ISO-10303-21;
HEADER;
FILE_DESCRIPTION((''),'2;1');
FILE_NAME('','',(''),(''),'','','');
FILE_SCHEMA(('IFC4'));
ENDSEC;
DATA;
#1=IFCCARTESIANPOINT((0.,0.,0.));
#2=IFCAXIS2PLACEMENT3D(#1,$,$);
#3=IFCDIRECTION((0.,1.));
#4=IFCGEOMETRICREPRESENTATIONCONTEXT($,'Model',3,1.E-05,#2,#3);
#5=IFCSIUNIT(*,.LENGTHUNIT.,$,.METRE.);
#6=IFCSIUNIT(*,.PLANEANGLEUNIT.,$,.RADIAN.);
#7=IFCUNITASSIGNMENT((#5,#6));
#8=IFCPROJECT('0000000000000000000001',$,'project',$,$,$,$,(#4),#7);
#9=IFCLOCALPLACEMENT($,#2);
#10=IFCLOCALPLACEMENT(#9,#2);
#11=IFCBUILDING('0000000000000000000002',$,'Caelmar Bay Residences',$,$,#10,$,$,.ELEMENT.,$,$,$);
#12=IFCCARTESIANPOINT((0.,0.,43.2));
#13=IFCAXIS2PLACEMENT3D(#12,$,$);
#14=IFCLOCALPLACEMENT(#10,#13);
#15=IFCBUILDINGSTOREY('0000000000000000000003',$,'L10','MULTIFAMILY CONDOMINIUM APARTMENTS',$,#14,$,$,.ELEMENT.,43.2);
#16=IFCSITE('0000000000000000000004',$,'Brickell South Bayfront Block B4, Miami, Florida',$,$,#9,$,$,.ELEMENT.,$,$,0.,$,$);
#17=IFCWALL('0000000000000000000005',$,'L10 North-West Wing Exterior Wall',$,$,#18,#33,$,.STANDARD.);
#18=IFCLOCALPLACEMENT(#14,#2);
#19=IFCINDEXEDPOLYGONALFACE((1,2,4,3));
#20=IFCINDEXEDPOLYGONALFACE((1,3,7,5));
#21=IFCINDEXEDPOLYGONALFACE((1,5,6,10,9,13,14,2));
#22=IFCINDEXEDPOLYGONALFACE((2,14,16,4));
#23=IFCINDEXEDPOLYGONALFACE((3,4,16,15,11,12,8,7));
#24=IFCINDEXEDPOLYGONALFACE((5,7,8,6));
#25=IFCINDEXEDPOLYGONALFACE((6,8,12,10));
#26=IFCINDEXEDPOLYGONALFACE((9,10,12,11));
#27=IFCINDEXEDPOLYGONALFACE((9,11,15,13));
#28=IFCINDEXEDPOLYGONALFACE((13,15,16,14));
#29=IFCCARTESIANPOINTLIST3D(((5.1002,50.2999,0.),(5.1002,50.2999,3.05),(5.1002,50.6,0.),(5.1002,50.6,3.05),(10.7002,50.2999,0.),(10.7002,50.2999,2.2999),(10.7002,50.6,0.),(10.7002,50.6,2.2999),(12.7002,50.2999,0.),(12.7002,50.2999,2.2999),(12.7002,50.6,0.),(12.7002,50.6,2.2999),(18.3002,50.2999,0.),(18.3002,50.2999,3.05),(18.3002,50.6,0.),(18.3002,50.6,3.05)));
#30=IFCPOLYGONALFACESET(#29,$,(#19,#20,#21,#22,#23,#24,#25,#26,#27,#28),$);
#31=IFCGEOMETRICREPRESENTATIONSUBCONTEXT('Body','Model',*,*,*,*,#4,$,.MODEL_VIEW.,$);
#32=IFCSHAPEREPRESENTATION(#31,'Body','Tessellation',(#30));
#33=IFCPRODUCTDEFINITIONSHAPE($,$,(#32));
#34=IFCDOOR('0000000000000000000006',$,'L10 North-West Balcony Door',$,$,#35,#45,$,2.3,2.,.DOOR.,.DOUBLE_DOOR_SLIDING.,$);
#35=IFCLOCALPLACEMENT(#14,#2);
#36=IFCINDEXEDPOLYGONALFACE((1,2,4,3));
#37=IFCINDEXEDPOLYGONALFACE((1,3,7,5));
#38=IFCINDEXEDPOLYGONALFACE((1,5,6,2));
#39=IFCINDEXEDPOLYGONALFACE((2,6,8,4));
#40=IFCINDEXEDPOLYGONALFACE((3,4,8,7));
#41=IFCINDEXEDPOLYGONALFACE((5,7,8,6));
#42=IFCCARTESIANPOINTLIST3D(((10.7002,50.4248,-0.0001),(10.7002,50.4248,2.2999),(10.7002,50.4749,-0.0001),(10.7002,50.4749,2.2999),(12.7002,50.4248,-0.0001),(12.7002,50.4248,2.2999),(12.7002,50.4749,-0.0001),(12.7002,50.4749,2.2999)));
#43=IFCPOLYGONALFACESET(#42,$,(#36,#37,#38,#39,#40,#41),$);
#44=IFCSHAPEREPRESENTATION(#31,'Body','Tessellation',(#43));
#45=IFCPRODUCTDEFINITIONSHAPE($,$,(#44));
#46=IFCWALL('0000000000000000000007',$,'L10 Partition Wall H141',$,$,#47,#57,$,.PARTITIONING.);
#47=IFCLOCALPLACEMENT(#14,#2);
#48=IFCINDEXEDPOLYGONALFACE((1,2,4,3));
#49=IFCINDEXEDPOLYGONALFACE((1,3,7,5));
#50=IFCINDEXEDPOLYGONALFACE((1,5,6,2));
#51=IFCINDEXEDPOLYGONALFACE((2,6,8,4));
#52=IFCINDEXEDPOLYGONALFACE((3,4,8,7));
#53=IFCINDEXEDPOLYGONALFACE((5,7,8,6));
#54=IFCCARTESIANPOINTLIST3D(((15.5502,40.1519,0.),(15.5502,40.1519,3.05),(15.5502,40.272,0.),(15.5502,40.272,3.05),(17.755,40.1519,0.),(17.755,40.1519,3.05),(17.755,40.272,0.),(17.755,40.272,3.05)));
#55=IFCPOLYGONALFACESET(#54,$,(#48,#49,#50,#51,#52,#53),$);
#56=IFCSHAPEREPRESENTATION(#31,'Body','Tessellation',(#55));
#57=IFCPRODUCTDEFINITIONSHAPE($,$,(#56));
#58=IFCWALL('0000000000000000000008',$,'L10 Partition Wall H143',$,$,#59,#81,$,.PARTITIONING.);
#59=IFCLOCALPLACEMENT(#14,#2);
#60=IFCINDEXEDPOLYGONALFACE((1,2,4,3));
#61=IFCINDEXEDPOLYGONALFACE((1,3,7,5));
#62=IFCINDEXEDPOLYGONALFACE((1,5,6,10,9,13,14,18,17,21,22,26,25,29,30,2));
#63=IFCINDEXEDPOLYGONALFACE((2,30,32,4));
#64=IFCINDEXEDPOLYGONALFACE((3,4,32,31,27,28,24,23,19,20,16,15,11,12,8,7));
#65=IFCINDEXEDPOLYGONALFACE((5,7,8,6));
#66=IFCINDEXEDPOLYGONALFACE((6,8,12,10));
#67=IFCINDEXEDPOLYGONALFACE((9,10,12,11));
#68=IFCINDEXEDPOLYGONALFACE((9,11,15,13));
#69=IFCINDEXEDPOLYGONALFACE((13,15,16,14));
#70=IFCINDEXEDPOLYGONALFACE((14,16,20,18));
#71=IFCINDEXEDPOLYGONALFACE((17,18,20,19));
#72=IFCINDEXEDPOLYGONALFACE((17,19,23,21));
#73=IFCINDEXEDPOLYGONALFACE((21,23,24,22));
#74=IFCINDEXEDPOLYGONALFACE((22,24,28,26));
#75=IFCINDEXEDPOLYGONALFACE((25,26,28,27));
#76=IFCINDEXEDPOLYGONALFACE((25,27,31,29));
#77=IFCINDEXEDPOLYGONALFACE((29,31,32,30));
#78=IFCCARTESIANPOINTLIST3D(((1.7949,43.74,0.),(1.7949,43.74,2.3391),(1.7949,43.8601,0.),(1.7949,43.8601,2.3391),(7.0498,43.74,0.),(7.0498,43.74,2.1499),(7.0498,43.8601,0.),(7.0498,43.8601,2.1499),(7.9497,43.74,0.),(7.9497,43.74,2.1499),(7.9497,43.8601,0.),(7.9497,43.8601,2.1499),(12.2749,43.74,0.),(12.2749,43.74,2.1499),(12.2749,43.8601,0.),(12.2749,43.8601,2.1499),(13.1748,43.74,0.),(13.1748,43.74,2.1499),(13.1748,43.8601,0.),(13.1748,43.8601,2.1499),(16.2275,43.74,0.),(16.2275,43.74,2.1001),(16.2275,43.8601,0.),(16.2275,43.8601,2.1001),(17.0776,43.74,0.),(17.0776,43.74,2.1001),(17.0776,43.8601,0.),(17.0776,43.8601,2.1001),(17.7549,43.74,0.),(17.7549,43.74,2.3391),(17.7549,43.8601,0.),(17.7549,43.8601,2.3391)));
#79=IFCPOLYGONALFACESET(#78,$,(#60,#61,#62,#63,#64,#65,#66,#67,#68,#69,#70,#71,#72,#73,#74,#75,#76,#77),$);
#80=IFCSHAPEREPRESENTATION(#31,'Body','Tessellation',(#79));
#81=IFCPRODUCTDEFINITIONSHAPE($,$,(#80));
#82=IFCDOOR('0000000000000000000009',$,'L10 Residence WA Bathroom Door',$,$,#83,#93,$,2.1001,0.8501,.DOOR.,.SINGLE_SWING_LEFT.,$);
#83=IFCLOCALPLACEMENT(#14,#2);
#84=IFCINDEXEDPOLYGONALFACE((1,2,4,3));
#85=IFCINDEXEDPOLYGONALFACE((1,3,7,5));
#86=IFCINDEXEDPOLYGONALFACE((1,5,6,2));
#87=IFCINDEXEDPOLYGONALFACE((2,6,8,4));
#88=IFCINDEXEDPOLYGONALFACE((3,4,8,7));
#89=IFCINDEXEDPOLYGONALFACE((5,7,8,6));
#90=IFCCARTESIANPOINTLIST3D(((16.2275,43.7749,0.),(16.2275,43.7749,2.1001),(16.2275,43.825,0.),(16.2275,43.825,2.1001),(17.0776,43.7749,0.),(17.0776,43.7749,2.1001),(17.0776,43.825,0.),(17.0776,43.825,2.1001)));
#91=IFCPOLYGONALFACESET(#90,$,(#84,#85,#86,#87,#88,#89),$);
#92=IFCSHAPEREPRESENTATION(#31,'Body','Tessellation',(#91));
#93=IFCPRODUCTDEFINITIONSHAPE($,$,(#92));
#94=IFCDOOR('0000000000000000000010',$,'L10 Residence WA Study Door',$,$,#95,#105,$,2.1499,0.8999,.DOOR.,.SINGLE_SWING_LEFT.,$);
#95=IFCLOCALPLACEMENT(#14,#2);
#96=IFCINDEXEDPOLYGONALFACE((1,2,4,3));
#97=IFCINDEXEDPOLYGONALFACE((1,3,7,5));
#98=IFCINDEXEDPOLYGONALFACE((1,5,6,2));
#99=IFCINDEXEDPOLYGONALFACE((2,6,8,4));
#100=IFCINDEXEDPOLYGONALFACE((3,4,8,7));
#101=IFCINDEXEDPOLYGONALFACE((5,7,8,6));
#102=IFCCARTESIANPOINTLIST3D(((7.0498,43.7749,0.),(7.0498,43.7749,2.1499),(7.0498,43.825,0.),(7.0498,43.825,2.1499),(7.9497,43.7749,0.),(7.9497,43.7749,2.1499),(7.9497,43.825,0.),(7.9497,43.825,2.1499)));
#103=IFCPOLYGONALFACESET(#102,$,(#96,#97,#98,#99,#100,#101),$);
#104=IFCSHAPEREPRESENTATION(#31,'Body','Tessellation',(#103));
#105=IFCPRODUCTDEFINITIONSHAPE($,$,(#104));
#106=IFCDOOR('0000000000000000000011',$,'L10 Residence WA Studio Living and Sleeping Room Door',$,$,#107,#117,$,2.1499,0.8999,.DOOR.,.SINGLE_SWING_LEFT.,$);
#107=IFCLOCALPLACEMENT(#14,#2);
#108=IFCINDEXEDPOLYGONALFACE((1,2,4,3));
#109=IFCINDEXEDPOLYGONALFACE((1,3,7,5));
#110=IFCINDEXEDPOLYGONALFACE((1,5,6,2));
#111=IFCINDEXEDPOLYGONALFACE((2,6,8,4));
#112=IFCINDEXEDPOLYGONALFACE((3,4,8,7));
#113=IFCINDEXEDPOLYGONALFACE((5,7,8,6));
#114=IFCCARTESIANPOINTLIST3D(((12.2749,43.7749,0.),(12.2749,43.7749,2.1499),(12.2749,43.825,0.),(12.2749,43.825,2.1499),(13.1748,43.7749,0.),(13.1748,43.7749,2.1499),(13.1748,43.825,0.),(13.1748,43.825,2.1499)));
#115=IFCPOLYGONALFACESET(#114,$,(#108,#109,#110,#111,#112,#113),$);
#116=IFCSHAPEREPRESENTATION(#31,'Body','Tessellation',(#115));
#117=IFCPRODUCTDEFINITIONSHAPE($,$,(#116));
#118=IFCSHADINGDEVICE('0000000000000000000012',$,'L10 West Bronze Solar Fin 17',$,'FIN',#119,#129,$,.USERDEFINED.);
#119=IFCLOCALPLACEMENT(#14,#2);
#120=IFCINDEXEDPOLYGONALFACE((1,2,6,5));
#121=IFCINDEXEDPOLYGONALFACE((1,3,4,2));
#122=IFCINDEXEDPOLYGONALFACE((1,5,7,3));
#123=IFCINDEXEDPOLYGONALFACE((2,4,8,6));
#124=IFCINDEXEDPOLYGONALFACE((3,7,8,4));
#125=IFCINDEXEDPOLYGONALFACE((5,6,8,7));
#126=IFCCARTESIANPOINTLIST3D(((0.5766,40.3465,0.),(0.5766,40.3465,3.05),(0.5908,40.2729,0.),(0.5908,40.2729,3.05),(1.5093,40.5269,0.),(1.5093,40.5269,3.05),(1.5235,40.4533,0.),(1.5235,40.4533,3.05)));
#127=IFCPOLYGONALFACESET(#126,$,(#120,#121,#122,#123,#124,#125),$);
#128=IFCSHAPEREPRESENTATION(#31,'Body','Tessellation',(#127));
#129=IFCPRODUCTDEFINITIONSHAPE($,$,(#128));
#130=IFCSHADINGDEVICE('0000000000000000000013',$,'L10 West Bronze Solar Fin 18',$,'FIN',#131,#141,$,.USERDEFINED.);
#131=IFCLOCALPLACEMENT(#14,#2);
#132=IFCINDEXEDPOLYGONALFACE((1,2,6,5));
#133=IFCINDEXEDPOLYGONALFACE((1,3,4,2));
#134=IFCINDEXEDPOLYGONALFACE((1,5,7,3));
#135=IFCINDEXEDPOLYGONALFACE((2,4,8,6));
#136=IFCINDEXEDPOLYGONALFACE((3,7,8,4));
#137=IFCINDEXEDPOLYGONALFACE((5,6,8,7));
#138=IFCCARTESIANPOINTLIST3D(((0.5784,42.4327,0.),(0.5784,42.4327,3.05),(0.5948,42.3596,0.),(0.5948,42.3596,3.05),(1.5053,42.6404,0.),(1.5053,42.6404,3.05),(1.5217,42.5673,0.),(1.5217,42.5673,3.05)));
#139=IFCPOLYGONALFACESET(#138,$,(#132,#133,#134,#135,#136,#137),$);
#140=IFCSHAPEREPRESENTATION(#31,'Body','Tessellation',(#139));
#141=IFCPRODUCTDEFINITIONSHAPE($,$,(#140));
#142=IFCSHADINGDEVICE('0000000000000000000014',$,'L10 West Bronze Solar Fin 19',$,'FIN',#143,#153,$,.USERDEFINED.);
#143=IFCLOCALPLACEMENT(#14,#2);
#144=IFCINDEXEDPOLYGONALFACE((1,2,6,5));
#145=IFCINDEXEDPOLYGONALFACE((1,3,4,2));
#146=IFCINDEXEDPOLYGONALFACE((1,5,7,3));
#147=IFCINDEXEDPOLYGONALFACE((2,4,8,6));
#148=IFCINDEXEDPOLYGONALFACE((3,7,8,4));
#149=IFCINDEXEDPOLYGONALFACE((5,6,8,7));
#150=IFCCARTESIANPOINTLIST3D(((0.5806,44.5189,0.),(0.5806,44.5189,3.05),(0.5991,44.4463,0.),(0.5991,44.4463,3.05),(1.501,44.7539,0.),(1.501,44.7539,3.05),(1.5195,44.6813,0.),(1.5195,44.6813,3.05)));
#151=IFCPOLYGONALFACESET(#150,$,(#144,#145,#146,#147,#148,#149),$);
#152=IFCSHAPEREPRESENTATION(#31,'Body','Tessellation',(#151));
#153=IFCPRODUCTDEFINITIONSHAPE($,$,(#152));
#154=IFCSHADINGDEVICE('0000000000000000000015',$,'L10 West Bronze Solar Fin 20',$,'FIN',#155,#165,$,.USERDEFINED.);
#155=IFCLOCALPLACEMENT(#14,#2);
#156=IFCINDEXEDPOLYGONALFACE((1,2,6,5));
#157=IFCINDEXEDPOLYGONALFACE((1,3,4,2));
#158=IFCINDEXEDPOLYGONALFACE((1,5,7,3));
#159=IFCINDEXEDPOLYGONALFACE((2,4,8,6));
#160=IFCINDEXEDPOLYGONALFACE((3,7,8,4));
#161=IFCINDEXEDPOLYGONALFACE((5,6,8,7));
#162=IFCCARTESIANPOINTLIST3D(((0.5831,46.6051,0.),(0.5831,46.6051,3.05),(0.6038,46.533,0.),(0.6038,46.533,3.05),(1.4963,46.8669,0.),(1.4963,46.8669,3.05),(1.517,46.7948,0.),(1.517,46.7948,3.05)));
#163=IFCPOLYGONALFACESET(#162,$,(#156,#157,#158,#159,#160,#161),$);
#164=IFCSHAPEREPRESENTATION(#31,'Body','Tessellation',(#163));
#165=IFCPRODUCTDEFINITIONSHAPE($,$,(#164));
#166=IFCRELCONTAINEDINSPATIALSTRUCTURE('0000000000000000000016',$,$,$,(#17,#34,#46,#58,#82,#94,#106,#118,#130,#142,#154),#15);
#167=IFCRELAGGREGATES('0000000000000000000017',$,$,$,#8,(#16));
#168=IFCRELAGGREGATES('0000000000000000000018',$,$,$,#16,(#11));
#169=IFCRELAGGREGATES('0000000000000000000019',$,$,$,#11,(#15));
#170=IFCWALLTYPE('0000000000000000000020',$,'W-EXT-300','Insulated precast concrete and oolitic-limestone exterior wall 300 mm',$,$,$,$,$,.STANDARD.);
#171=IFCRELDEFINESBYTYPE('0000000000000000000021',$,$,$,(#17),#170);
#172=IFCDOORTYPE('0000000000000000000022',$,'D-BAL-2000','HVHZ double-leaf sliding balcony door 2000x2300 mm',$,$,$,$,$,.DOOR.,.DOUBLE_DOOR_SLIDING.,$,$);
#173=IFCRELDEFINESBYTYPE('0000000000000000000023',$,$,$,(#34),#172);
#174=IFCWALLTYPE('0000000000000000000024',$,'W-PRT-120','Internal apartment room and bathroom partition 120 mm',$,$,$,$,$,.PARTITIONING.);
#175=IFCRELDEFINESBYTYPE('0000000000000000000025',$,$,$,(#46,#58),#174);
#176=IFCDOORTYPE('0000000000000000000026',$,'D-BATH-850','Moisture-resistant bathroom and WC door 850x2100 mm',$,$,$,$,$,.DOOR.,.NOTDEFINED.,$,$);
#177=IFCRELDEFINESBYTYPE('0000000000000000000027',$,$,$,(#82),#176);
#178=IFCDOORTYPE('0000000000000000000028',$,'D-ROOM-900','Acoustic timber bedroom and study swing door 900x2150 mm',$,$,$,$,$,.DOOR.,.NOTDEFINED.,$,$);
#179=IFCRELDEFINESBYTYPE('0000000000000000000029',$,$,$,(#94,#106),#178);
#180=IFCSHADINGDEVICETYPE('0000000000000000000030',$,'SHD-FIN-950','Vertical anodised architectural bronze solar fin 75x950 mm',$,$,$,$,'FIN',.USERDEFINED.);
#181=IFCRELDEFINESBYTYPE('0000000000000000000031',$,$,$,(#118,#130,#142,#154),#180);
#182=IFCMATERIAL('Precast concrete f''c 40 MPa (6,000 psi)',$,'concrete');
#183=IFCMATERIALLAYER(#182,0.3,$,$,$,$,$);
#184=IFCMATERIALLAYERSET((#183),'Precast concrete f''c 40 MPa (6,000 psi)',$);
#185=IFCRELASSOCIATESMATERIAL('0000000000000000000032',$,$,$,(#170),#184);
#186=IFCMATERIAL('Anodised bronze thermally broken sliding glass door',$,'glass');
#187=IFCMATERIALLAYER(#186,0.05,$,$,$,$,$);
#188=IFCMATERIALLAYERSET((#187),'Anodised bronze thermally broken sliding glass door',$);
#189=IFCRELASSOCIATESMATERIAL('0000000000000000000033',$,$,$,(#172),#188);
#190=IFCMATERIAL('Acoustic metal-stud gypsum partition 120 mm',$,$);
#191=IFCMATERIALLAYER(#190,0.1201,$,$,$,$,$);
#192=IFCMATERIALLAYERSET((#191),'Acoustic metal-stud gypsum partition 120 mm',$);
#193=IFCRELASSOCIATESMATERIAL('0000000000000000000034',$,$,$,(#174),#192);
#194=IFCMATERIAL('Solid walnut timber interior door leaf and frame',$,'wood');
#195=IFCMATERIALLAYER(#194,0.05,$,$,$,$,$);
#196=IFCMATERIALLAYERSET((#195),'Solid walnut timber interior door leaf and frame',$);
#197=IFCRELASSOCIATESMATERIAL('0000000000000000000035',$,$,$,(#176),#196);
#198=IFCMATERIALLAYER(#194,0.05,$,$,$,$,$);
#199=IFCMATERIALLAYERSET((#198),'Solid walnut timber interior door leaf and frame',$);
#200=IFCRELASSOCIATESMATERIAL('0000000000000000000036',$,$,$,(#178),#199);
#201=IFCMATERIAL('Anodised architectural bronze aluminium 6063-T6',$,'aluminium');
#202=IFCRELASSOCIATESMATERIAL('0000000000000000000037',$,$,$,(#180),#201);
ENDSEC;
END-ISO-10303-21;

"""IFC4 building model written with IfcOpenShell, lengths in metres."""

from ifc_helpers import new_model, si_unit, direction, frame, frame_2d, origin, origin_2d, place, context, subcontext, project, spatial, rectangle, extrude, material, layer, layer_set, material_profile, profile_set, type_object, element, fill, save


model = new_model("IFC4")

# Units and contexts
model_context = context("Model", 3, precision=1e-05, world=origin(), true_north=direction((0.0, 1.0)))
body_context = subcontext(model_context, "Body", "Model", "MODEL_VIEW")
ifc_project = project(units=[si_unit("LENGTHUNIT", "METRE"), si_unit("PLANEANGLEUNIT", "RADIAN")], contexts=[model_context])

# Site, building, storey
site_placement = place(None, origin())
site = spatial("IfcSite", under=ifc_project, at=site_placement, Name="Brickell South Bayfront Block B4, Miami, Florida", CompositionType="ELEMENT", RefElevation=0.0)
building_placement = place(site_placement, origin())
building = spatial("IfcBuilding", under=site, at=building_placement, Name="Caelmar Bay Residences", CompositionType="ELEMENT")
storey_placement = place(building_placement, frame((0.0, 0.0, 43.2)))
storey = spatial("IfcBuildingStorey", under=building, at=storey_placement, Name="L10", Description="MULTIFAMILY CONDOMINIUM APARTMENTS", CompositionType="ELEMENT", Elevation=43.2)

# Shared definitions
ifc_material_1 = material(Name="Precast concrete f'c 40 MPa (6,000 psi)", Category="concrete")

# Wall, opening, door
ifc_layer_1 = layer(ifc_material_1, 0.3)
ifc_layer_set_1 = layer_set([ifc_layer_1], Name="Precast concrete f'c 40 MPa (6,000 psi)")
wall_type_1 = type_object("IfcWallType", Name="W-EXT-300", Description="Insulated precast concrete and oolitic-limestone exterior wall 300 mm", PredefinedType="STANDARD", material=ifc_layer_set_1)
wall_1_placement = place(storey_placement, frame((5.1001, 50.45, 0.0), z_axis=(0.0, 0.0, 1.0), x_axis=(1.0, 0.0, 0.0)))
wall_1 = element("IfcWall", 1, at=wall_1_placement, inside=storey, type_object=wall_type_1, Name="L10 North-West Wing Exterior Wall", PredefinedType="STANDARD", context=body_context, shape_type="SweptSolid", body=[
    extrude(rectangle(XDim=13.2, YDim=0.3, at=frame_2d((6.6001, 0.0))), origin(), (0.0, 0.0, 1.0), 3.05),
])
opening_1_placement = place(wall_1_placement, frame((5.6001, 0.0, 0.0)))
opening_1 = element("IfcOpeningElement", 2, at=opening_1_placement, cuts=wall_1, PredefinedType="OPENING", context=body_context, shape_type="SweptSolid", body=[
    extrude(rectangle(XDim=2.0, YDim=2.3, at=frame_2d((1.0, 1.1499))), frame((0.0, 0.1599, 0.0), z_axis=(0.0, -1.0, 0.0), x_axis=(1.0, 0.0, 0.0)), (0.0, 0.0, 1.0), 0.3201),
])
ifc_material_2 = material(Name="Anodised bronze thermally broken sliding glass door", Category="glass")
ifc_layer_2 = layer(ifc_material_2, 0.05)
ifc_layer_set_2 = layer_set([ifc_layer_2], Name="Anodised bronze thermally broken sliding glass door")
door_type_1 = type_object("IfcDoorType", Name="D-BAL-2000", Description="HVHZ double-leaf sliding balcony door 2000x2300 mm", OperationType="DOUBLE_DOOR_SLIDING", PredefinedType="DOOR", material=ifc_layer_set_2)
door_1_placement = place(opening_1_placement, origin())
door_1 = element("IfcDoor", 3, at=door_1_placement, inside=storey, type_object=door_type_1, Name="L10 North-West Balcony Door", OperationType="DOUBLE_DOOR_SLIDING", OverallHeight=2.3, OverallWidth=2.0, PredefinedType="DOOR", context=body_context, shape_type="SweptSolid", body=[
    extrude(rectangle(XDim=2.0, YDim=2.3, at=frame_2d((1.0, 1.1499))), frame((0.0, 0.0249, 0.0), z_axis=(0.0, -1.0, 0.0), x_axis=(1.0, 0.0, 0.0)), (0.0, 0.0, 1.0), 0.05),
])
fill(opening_1, door_1)

# Wall
ifc_material_3 = material(Name="Acoustic metal-stud gypsum partition 120 mm")
ifc_layer_3 = layer(ifc_material_3, 0.1201)
ifc_layer_set_3 = layer_set([ifc_layer_3], Name="Acoustic metal-stud gypsum partition 120 mm")
wall_type_2 = type_object("IfcWallType", Name="W-PRT-120", Description="Internal apartment room and bathroom partition 120 mm", PredefinedType="PARTITIONING", material=ifc_layer_set_3)
wall_2_placement = place(storey_placement, frame((15.55, 40.2119, 0.0), z_axis=(0.0, 0.0, 1.0), x_axis=(1.0, 0.0, 0.0)))
element("IfcWall", 4, at=wall_2_placement, inside=storey, type_object=wall_type_2, Name="L10 Partition Wall H141", PredefinedType="PARTITIONING", context=body_context, shape_type="SweptSolid", body=[
    extrude(rectangle(XDim=2.2048, YDim=0.1201, at=frame_2d((1.1025, 0.0))), origin(), (0.0, 0.0, 1.0), 3.05),
])

# Wall, openings, doors
wall_3_placement = place(storey_placement, frame((1.7949, 43.8, 0.0), z_axis=(0.0, 0.0, 1.0), x_axis=(1.0, 0.0, 0.0)))
wall_3 = element("IfcWall", 5, at=wall_3_placement, inside=storey, type_object=wall_type_2, Name="L10 Partition Wall H143", PredefinedType="PARTITIONING", context=body_context, shape_type="SweptSolid", body=[
    extrude(rectangle(XDim=15.96, YDim=0.1201, at=frame_2d((7.98, 0.0))), origin(), (0.0, 0.0, 1.0), 2.3391),
])
opening_2_placement = place(wall_3_placement, frame((5.2549, 0.0, 0.0)))
opening_2 = element("IfcOpeningElement", 6, at=opening_2_placement, cuts=wall_3, PredefinedType="OPENING", context=body_context, shape_type="SweptSolid", body=[
    extrude(rectangle(XDim=0.8999, YDim=2.1499, at=frame_2d((0.45, 1.075))), frame((0.0, 0.0701, 0.0), z_axis=(0.0, -1.0, 0.0), x_axis=(1.0, 0.0, 0.0)), (0.0, 0.0, 1.0), 0.1401),
])
opening_3_placement = place(wall_3_placement, frame((10.48, 0.0, 0.0)))
opening_3 = element("IfcOpeningElement", 7, at=opening_3_placement, cuts=wall_3, PredefinedType="OPENING", context=body_context, shape_type="SweptSolid", body=[
    extrude(rectangle(XDim=0.8999, YDim=2.1499, at=frame_2d((0.45, 1.075))), frame((0.0, 0.0701, 0.0), z_axis=(0.0, -1.0, 0.0), x_axis=(1.0, 0.0, 0.0)), (0.0, 0.0, 1.0), 0.1401),
])
opening_4_placement = place(wall_3_placement, frame((14.4326, 0.0, 0.0)))
opening_4 = element("IfcOpeningElement", 8, at=opening_4_placement, cuts=wall_3, PredefinedType="OPENING", context=body_context, shape_type="SweptSolid", body=[
    extrude(rectangle(XDim=0.8501, YDim=2.1001, at=frame_2d((0.425, 1.05))), frame((0.0, 0.0701, 0.0), z_axis=(0.0, -1.0, 0.0), x_axis=(1.0, 0.0, 0.0)), (0.0, 0.0, 1.0), 0.1401),
])
ifc_material_4 = material(Name="Solid walnut timber interior door leaf and frame", Category="wood")
ifc_layer_4 = layer(ifc_material_4, 0.05)
ifc_layer_set_4 = layer_set([ifc_layer_4], Name="Solid walnut timber interior door leaf and frame")
door_type_2 = type_object("IfcDoorType", Name="D-BATH-850", Description="Moisture-resistant bathroom and WC door 850x2100 mm", OperationType="NOTDEFINED", PredefinedType="DOOR", material=ifc_layer_set_4)
door_2_placement = place(opening_4_placement, origin())
door_2 = element("IfcDoor", 9, at=door_2_placement, inside=storey, type_object=door_type_2, Name="L10 Residence WA Bathroom Door", OperationType="SINGLE_SWING_LEFT", OverallHeight=2.1001, OverallWidth=0.8501, PredefinedType="DOOR", context=body_context, shape_type="SweptSolid", body=[
    extrude(rectangle(XDim=0.8501, YDim=2.1001, at=frame_2d((0.425, 1.05))), frame((0.0, 0.0249, 0.0), z_axis=(0.0, -1.0, 0.0), x_axis=(1.0, 0.0, 0.0)), (0.0, 0.0, 1.0), 0.05),
])
fill(opening_4, door_2)
ifc_layer_5 = layer(ifc_material_4, 0.05)
ifc_layer_set_5 = layer_set([ifc_layer_5], Name="Solid walnut timber interior door leaf and frame")
door_type_3 = type_object("IfcDoorType", Name="D-ROOM-900", Description="Acoustic timber bedroom and study swing door 900x2150 mm", OperationType="NOTDEFINED", PredefinedType="DOOR", material=ifc_layer_set_5)
door_3_placement = place(opening_2_placement, origin())
door_3 = element("IfcDoor", 10, at=door_3_placement, inside=storey, type_object=door_type_3, Name="L10 Residence WA Study Door", OperationType="SINGLE_SWING_LEFT", OverallHeight=2.1499, OverallWidth=0.8999, PredefinedType="DOOR", context=body_context, shape_type="SweptSolid", body=[
    extrude(rectangle(XDim=0.8999, YDim=2.1499, at=frame_2d((0.45, 1.075))), frame((0.0, 0.0249, 0.0), z_axis=(0.0, -1.0, 0.0), x_axis=(1.0, 0.0, 0.0)), (0.0, 0.0, 1.0), 0.05),
])
fill(opening_2, door_3)
door_4_placement = place(opening_3_placement, origin())
door_4 = element("IfcDoor", 11, at=door_4_placement, inside=storey, type_object=door_type_3, Name="L10 Residence WA Studio Living and Sleeping Room Door", OperationType="SINGLE_SWING_LEFT", OverallHeight=2.1499, OverallWidth=0.8999, PredefinedType="DOOR", context=body_context, shape_type="SweptSolid", body=[
    extrude(rectangle(XDim=0.8999, YDim=2.1499, at=frame_2d((0.45, 1.075))), frame((0.0, 0.0249, 0.0), z_axis=(0.0, -1.0, 0.0), x_axis=(1.0, 0.0, 0.0)), (0.0, 0.0, 1.0), 0.05),
])
fill(opening_3, door_4)

# Shading devices
ifc_material_5 = material(Name="Anodised architectural bronze aluminium 6063-T6", Category="aluminium")
ifc_material_profile_1 = material_profile(ifc_material_5, rectangle(XDim=0.075, YDim=0.95, at=origin_2d()), Name="BRONZE-FIN-75X950")
ifc_profile_set_1 = profile_set([ifc_material_profile_1], Name="Anodised architectural bronze aluminium 6063-T6")
shading_device_type = type_object("IfcShadingDeviceType", Name="SHD-FIN-950", Description="Vertical anodised architectural bronze solar fin 75x950 mm", ElementType="FIN", PredefinedType="USERDEFINED", material=ifc_profile_set_1)
for number, where, z_axis, x_axis, name in (
    (12, (1.05, 40.3999, 0.0), (0.0, 0.0, 1.0), (-0.189952, 0.981793, 0.0), "L10 West Bronze Solar Fin 17"),
    (13, (1.05, 42.5, 0.0), (0.0, 0.0, 1.0), (-0.218654, 0.975802, 0.0), "L10 West Bronze Solar Fin 18"),
    (14, (1.05, 44.6001, 0.0), (0.0, 0.0, 1.0), (-0.247337, 0.968929, 0.0), "L10 West Bronze Solar Fin 19"),
    (15, (1.05, 46.7, 0.0), (0.0, 0.0, 1.0), (-0.275637, 0.961262, 0.0), "L10 West Bronze Solar Fin 20"),
):
    element("IfcShadingDevice", number, at=place(storey_placement, frame(where, z_axis=z_axis, x_axis=x_axis)), inside=storey, type_object=shading_device_type, Name=name, ObjectType="FIN", PredefinedType="USERDEFINED", context=body_context, shape_type="SweptSolid", body=[
        extrude(rectangle(XDim=0.075, YDim=0.95, at=origin_2d()), origin(), (0.0, 0.0, 1.0), 3.05),
    ])

save(model, "model.ifc")
